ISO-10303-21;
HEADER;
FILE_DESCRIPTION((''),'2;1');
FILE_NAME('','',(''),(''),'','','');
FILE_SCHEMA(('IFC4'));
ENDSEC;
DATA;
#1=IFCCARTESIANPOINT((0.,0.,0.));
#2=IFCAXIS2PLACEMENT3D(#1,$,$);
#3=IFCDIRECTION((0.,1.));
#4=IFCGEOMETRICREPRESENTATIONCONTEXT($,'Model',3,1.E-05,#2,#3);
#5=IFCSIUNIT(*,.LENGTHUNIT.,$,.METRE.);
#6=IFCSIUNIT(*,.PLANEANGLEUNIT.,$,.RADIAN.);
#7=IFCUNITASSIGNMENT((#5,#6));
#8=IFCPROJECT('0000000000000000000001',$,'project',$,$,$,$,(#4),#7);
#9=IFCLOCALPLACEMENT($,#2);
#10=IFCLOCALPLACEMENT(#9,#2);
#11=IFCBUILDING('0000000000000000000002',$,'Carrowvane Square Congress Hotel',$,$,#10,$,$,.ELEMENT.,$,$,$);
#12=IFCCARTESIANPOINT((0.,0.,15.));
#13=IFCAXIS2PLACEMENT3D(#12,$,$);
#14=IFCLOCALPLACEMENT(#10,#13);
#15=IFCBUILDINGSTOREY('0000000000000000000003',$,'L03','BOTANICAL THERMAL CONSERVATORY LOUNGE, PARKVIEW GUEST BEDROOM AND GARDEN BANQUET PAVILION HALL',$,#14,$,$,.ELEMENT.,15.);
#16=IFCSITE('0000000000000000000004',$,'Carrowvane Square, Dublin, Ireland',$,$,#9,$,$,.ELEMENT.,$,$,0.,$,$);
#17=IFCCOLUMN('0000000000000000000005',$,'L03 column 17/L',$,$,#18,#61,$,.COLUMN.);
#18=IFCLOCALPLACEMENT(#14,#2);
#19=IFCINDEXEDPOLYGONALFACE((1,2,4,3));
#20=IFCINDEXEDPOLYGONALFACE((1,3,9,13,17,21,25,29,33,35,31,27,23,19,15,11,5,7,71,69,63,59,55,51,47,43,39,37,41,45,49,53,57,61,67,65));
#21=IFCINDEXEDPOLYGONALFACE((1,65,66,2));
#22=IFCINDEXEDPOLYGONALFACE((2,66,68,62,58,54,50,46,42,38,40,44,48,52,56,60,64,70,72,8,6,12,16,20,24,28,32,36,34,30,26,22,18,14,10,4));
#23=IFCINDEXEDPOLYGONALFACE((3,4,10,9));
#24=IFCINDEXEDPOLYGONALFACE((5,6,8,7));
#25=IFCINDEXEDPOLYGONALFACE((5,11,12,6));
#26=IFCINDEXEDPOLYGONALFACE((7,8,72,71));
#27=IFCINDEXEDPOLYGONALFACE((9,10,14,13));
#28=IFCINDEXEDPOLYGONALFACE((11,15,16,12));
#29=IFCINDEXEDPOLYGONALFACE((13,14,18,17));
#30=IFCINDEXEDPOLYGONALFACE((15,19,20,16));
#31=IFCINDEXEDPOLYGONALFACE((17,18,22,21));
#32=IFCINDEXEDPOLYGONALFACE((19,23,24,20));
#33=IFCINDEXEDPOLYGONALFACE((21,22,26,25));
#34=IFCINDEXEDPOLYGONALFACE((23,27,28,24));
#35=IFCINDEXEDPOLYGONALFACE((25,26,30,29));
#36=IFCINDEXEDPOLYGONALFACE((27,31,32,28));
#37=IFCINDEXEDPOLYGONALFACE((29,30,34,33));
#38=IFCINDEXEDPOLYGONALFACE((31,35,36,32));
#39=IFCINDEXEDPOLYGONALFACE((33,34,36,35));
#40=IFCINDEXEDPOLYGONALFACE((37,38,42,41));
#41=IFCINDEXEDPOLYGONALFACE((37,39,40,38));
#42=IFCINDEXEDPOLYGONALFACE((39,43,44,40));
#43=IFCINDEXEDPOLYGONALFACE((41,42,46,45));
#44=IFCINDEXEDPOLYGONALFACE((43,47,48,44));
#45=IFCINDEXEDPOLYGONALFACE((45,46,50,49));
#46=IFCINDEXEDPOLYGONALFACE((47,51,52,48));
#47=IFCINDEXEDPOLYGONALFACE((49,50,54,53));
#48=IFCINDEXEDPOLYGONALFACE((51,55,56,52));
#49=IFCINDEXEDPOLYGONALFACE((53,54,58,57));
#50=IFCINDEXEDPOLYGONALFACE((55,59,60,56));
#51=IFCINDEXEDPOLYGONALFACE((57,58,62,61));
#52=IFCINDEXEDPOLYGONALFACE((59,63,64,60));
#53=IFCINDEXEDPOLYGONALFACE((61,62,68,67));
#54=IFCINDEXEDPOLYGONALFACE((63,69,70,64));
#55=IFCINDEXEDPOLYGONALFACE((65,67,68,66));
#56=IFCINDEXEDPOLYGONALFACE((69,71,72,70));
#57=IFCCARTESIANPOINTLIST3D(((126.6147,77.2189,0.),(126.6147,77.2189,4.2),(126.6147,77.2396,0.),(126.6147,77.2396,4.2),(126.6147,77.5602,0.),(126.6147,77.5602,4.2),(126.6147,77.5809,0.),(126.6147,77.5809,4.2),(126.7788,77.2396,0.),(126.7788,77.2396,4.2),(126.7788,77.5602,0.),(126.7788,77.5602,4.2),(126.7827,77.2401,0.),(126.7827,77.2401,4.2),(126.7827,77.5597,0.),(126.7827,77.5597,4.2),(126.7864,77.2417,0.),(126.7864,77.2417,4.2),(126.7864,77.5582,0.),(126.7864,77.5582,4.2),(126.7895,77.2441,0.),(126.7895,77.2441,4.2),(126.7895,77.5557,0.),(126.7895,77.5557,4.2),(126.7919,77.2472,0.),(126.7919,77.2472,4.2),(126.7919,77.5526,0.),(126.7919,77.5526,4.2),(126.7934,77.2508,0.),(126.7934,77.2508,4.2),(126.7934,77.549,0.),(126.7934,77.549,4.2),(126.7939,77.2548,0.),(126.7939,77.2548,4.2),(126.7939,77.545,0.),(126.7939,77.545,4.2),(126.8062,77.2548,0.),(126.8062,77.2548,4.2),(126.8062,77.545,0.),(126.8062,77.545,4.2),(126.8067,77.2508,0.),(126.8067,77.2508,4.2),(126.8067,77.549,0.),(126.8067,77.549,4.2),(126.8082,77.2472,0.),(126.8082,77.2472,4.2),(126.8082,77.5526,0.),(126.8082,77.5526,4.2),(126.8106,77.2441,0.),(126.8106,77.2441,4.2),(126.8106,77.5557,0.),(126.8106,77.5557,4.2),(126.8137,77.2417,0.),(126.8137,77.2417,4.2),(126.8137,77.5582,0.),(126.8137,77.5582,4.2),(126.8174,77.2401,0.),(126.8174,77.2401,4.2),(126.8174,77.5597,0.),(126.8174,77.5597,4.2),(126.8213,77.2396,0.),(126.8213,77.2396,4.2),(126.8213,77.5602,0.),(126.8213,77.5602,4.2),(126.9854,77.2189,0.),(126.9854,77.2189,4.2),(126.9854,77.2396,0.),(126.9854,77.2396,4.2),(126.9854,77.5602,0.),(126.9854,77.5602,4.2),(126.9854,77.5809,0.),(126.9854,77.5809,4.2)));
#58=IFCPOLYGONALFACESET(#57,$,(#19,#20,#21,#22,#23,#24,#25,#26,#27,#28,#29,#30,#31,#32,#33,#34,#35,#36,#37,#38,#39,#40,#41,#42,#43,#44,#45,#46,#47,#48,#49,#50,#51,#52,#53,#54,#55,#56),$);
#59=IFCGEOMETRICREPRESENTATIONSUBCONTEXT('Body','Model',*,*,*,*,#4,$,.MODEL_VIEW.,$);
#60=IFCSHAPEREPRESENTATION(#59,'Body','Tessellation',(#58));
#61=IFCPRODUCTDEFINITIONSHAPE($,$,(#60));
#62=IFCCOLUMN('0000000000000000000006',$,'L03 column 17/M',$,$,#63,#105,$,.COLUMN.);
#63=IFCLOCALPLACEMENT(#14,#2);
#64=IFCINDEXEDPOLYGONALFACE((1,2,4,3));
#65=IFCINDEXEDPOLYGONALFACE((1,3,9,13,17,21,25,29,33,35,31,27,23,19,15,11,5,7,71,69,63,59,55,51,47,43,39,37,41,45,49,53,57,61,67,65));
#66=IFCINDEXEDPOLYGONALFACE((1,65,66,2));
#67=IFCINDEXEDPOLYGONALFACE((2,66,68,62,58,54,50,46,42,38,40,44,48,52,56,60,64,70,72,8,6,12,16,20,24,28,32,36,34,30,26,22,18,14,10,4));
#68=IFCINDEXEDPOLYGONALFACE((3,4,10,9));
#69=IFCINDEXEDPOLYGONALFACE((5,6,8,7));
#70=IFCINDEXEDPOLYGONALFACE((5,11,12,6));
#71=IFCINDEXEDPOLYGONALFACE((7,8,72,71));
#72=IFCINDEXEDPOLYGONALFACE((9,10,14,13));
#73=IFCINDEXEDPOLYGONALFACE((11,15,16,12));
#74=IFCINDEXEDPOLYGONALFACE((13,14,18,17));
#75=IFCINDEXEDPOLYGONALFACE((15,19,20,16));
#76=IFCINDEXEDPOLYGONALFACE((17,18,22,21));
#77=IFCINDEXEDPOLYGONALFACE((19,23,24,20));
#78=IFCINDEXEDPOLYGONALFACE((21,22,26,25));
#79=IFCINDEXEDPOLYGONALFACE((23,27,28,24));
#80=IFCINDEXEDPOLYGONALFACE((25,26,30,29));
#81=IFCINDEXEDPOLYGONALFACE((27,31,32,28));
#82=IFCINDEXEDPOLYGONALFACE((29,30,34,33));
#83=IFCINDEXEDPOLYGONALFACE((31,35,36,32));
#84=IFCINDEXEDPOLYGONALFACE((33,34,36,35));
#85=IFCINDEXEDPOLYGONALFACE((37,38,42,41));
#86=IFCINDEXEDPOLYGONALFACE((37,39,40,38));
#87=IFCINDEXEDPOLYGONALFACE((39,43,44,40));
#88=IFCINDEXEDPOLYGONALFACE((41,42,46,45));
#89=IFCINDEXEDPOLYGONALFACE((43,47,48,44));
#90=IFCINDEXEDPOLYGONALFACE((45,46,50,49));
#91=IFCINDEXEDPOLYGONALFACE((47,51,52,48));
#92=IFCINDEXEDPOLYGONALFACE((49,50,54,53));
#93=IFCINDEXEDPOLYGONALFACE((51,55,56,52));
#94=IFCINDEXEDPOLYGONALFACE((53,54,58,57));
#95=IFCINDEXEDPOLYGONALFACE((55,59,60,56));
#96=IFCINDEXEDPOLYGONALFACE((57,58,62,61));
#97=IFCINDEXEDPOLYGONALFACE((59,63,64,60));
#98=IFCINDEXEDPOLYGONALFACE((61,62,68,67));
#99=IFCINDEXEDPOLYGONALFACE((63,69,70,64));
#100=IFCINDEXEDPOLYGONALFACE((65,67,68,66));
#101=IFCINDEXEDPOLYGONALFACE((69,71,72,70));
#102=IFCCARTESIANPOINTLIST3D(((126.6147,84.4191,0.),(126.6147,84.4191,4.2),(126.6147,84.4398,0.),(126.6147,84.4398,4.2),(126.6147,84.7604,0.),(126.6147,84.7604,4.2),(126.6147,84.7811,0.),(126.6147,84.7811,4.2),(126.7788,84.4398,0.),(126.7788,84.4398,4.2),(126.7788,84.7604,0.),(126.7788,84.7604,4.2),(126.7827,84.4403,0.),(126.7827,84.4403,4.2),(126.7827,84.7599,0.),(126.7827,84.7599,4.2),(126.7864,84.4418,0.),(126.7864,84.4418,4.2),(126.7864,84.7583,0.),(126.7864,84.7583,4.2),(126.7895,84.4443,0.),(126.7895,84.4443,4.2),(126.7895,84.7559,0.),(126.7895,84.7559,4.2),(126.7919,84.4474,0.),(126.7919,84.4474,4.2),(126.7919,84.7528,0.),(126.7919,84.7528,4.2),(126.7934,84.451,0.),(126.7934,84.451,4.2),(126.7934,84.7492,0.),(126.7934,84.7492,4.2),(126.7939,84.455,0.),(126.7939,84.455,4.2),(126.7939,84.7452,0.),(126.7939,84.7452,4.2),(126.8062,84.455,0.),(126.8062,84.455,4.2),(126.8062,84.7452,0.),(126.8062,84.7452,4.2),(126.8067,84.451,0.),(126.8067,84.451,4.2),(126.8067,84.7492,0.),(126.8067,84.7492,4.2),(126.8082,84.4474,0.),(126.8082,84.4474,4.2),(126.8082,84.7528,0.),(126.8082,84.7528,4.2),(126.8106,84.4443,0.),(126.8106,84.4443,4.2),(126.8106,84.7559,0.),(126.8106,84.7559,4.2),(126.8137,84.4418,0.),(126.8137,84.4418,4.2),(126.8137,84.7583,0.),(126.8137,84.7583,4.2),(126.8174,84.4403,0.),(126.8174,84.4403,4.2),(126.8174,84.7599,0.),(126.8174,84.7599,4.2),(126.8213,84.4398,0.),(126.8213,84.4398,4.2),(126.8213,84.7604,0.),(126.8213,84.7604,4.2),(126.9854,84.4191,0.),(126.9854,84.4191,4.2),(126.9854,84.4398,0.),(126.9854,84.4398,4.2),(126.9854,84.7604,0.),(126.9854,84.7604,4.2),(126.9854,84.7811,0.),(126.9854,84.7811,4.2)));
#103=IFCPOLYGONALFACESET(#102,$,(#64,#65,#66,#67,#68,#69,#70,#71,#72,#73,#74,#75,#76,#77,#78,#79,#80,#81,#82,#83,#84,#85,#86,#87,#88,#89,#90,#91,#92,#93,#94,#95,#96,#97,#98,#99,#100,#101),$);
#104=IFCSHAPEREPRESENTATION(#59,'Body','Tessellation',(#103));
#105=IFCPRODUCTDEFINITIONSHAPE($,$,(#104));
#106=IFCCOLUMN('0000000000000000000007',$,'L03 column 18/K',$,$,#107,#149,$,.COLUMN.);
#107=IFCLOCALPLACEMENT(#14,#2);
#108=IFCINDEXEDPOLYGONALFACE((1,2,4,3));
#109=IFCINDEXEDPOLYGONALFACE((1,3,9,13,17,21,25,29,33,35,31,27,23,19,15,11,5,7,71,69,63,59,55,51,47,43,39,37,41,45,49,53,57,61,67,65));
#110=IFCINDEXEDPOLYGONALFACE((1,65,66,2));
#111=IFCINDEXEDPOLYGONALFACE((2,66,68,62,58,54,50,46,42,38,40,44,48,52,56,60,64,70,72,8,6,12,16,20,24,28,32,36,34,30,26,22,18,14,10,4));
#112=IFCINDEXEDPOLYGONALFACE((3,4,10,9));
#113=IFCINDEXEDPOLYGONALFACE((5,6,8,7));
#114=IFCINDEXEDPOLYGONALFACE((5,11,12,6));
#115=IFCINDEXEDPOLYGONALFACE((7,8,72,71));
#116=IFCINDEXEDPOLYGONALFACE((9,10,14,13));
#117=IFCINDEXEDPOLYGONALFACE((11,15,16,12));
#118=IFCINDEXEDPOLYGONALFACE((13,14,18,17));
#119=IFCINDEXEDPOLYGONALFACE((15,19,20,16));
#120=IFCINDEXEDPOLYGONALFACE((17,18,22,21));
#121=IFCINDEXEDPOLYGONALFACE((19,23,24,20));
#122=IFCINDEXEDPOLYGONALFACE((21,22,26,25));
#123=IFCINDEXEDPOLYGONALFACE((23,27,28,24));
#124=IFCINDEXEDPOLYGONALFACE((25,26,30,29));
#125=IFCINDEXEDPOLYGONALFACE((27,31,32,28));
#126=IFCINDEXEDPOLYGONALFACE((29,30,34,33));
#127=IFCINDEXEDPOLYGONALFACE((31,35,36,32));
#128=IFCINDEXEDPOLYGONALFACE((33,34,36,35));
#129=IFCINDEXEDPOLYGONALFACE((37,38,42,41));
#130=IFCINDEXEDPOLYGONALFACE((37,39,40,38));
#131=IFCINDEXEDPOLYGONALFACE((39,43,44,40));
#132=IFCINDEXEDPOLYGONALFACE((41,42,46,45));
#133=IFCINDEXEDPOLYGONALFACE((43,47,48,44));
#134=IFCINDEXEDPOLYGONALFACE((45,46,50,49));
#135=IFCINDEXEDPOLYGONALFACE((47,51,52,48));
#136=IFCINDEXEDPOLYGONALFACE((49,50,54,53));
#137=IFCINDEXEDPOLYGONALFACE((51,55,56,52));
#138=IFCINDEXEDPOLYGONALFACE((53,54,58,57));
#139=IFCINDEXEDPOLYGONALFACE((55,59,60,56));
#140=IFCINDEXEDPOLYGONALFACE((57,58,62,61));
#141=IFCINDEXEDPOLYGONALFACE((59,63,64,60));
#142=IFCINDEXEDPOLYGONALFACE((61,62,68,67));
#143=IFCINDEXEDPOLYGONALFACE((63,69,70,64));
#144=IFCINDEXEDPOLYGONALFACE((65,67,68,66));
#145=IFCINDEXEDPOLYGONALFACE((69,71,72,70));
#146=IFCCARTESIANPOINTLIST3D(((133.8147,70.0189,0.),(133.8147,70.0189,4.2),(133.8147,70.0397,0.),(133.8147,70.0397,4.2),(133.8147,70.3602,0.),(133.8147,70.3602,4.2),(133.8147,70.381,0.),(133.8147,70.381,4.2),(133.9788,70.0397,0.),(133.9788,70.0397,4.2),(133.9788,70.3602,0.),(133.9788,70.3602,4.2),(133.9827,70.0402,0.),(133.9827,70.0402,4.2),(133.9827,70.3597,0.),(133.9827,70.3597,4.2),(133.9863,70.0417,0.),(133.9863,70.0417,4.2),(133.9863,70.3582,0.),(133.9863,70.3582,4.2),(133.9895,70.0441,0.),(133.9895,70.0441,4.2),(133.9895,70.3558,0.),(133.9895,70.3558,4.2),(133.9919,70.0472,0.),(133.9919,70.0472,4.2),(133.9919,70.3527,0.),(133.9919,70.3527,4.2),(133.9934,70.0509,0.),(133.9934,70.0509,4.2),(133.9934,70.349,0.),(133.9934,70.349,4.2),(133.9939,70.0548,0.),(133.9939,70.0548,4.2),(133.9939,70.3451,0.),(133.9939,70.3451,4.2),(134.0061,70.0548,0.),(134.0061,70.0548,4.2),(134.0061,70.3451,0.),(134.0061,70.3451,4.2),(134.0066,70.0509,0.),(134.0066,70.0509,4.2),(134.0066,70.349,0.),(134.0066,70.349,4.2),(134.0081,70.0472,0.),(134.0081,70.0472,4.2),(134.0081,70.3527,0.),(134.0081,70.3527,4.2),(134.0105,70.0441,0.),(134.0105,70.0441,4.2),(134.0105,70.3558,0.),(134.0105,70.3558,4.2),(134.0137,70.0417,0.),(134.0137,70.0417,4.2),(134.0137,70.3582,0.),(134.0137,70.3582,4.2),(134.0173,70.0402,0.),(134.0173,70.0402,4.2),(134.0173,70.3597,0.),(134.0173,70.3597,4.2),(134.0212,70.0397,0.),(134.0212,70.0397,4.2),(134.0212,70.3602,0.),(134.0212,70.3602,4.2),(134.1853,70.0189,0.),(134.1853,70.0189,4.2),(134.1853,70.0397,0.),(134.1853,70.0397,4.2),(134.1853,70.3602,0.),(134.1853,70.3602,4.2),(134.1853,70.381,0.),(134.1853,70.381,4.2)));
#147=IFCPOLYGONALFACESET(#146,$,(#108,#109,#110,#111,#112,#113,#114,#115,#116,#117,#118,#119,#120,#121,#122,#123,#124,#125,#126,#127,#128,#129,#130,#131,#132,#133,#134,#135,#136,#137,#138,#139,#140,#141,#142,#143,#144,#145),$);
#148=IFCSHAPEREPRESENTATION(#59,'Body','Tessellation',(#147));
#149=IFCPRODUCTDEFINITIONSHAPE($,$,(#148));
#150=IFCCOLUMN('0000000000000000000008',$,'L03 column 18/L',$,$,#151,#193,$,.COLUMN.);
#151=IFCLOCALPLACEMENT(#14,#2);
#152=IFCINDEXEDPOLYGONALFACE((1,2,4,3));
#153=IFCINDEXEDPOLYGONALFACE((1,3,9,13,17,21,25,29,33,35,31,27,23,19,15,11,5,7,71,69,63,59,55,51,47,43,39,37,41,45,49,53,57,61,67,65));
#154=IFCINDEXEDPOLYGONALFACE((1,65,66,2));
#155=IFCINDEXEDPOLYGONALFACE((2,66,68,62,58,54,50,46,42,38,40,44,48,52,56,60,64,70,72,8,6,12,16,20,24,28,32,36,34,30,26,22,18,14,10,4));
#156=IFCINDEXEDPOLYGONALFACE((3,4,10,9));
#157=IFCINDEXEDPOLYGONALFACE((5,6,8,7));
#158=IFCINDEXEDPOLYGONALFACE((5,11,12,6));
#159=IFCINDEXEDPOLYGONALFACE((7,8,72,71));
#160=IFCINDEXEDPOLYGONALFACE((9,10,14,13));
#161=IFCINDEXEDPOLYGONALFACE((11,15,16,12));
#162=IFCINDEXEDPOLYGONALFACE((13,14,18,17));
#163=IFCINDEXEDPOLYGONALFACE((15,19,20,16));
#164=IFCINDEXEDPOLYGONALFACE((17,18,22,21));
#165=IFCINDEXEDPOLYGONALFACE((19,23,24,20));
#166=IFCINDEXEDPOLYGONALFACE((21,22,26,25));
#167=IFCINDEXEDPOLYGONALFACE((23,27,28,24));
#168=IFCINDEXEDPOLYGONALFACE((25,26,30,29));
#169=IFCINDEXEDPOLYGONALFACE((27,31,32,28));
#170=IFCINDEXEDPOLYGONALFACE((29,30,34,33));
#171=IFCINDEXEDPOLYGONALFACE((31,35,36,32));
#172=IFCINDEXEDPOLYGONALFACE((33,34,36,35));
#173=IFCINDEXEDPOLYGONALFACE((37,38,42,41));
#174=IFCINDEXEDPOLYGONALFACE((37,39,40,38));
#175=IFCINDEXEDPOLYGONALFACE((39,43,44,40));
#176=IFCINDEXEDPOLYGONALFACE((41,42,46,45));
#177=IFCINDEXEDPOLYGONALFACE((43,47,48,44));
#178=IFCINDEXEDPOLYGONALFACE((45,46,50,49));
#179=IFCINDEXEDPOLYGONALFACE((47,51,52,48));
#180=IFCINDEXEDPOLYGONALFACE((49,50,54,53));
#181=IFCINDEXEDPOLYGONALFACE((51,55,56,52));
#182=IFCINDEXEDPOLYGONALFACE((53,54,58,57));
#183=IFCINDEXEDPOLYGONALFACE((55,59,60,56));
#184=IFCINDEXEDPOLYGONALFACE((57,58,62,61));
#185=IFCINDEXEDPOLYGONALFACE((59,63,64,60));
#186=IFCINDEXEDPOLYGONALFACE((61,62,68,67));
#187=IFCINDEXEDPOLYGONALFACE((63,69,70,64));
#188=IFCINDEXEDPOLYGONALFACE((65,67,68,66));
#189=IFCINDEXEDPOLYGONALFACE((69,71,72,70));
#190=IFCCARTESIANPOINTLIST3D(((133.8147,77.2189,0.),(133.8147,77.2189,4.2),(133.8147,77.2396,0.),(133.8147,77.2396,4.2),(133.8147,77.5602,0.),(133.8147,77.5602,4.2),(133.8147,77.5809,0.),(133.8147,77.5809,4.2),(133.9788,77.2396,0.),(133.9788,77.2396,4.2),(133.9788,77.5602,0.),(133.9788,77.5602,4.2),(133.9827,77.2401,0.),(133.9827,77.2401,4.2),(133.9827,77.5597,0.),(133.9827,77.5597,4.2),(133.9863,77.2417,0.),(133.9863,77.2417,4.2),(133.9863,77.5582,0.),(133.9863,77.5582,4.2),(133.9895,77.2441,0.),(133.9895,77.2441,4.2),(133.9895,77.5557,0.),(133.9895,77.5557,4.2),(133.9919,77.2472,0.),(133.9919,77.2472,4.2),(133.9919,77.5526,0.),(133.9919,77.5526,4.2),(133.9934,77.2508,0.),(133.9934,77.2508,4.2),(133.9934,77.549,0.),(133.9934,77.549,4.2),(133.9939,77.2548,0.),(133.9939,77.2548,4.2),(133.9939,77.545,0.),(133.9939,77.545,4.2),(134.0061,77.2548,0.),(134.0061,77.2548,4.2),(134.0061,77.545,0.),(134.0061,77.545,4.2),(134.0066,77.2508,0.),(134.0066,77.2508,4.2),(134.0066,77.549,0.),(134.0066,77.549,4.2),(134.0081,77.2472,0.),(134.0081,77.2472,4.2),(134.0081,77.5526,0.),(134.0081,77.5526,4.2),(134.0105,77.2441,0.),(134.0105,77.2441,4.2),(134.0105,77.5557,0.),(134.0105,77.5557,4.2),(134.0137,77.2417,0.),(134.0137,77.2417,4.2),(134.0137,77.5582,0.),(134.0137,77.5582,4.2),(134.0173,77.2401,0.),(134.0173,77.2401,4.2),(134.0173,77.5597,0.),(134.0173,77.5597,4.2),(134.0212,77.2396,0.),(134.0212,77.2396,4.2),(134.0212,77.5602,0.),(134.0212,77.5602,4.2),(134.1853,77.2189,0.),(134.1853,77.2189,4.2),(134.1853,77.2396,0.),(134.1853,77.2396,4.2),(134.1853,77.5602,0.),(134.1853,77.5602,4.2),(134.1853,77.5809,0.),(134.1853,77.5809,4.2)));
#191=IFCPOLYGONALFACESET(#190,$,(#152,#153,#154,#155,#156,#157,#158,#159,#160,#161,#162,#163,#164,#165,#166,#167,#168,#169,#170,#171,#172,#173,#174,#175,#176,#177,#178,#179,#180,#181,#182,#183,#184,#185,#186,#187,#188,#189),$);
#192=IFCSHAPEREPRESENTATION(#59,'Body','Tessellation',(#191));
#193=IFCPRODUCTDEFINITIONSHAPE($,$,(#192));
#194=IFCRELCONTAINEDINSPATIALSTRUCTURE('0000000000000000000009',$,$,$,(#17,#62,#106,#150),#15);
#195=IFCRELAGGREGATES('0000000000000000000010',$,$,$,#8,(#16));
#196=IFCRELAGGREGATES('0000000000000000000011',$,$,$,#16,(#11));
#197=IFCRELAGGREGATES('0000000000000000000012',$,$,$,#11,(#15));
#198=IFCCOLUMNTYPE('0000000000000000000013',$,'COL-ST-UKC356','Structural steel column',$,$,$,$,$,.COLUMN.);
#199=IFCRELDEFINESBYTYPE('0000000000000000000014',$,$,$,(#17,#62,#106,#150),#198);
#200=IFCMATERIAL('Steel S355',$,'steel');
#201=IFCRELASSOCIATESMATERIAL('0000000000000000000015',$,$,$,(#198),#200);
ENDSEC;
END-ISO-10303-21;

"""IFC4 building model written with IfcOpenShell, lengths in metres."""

from ifc_helpers import new_model, si_unit, direction, frame, origin, origin_2d, place, context, subcontext, project, spatial, i_section, extrude, material, material_profile, profile_set, type_object, element, save


model = new_model("IFC4")

# Units and contexts
model_context = context("Model", 3, precision=1e-05, world=origin(), true_north=direction((0.0, 1.0)))
body_context = subcontext(model_context, "Body", "Model", "MODEL_VIEW")
ifc_project = project(units=[si_unit("LENGTHUNIT", "METRE"), si_unit("PLANEANGLEUNIT", "RADIAN")], contexts=[model_context])

# Site, building, storey
site_placement = place(None, origin())
site = spatial("IfcSite", under=ifc_project, at=site_placement, Name="Carrowvane Square, Dublin, Ireland", CompositionType="ELEMENT", RefElevation=0.0)
building_placement = place(site_placement, origin())
building = spatial("IfcBuilding", under=site, at=building_placement, Name="Carrowvane Square Congress Hotel", CompositionType="ELEMENT")
storey_placement = place(building_placement, frame((0.0, 0.0, 15.0)))
storey = spatial("IfcBuildingStorey", under=building, at=storey_placement, Name="L03", Description="BOTANICAL THERMAL CONSERVATORY LOUNGE, PARKVIEW GUEST BEDROOM AND GARDEN BANQUET PAVILION HALL", CompositionType="ELEMENT", Elevation=15.0)

# Columns
ifc_material_1 = material(Name="Steel S355", Category="steel")
ifc_material_profile_1 = material_profile(ifc_material_1, i_section(OverallWidth=0.3706, OverallDepth=0.3621, WebThickness=0.0122, FlangeThickness=0.0208, FilletRadius=0.0151, at=origin_2d()), Name="UKC 356x368x153")
ifc_profile_set_1 = profile_set([ifc_material_profile_1], Name="Steel S355")
column_type = type_object("IfcColumnType", Name="COL-ST-UKC356", Description="Structural steel column", PredefinedType="COLUMN", material=ifc_profile_set_1)
for number, where, z_axis, x_axis, name in (
    (1, (126.8, 77.3999, 0.0), (0.0, 0.0, 1.0), (1.0, 0.0, 0.0), "L03 column 17/L"),
    (2, (126.8, 84.6001, 0.0), (0.0, 0.0, 1.0), (1.0, 0.0, 0.0), "L03 column 17/M"),
    (3, (134.0, 70.2, 0.0), (0.0, 0.0, 1.0), (1.0, 0.0, 0.0), "L03 column 18/K"),
    (4, (134.0, 77.3999, 0.0), (0.0, 0.0, 1.0), (1.0, 0.0, 0.0), "L03 column 18/L"),
):
    element("IfcColumn", number, at=place(storey_placement, frame(where, z_axis=z_axis, x_axis=x_axis)), inside=storey, type_object=column_type, Name=name, PredefinedType="COLUMN", context=body_context, shape_type="SweptSolid", body=[
        extrude(i_section(OverallWidth=0.3706, OverallDepth=0.3621, WebThickness=0.0122, FlangeThickness=0.0208, FilletRadius=0.0151, at=origin_2d()), origin(), (0.0, 0.0, 1.0), 4.2),
    ])

save(model, "model.ifc")
